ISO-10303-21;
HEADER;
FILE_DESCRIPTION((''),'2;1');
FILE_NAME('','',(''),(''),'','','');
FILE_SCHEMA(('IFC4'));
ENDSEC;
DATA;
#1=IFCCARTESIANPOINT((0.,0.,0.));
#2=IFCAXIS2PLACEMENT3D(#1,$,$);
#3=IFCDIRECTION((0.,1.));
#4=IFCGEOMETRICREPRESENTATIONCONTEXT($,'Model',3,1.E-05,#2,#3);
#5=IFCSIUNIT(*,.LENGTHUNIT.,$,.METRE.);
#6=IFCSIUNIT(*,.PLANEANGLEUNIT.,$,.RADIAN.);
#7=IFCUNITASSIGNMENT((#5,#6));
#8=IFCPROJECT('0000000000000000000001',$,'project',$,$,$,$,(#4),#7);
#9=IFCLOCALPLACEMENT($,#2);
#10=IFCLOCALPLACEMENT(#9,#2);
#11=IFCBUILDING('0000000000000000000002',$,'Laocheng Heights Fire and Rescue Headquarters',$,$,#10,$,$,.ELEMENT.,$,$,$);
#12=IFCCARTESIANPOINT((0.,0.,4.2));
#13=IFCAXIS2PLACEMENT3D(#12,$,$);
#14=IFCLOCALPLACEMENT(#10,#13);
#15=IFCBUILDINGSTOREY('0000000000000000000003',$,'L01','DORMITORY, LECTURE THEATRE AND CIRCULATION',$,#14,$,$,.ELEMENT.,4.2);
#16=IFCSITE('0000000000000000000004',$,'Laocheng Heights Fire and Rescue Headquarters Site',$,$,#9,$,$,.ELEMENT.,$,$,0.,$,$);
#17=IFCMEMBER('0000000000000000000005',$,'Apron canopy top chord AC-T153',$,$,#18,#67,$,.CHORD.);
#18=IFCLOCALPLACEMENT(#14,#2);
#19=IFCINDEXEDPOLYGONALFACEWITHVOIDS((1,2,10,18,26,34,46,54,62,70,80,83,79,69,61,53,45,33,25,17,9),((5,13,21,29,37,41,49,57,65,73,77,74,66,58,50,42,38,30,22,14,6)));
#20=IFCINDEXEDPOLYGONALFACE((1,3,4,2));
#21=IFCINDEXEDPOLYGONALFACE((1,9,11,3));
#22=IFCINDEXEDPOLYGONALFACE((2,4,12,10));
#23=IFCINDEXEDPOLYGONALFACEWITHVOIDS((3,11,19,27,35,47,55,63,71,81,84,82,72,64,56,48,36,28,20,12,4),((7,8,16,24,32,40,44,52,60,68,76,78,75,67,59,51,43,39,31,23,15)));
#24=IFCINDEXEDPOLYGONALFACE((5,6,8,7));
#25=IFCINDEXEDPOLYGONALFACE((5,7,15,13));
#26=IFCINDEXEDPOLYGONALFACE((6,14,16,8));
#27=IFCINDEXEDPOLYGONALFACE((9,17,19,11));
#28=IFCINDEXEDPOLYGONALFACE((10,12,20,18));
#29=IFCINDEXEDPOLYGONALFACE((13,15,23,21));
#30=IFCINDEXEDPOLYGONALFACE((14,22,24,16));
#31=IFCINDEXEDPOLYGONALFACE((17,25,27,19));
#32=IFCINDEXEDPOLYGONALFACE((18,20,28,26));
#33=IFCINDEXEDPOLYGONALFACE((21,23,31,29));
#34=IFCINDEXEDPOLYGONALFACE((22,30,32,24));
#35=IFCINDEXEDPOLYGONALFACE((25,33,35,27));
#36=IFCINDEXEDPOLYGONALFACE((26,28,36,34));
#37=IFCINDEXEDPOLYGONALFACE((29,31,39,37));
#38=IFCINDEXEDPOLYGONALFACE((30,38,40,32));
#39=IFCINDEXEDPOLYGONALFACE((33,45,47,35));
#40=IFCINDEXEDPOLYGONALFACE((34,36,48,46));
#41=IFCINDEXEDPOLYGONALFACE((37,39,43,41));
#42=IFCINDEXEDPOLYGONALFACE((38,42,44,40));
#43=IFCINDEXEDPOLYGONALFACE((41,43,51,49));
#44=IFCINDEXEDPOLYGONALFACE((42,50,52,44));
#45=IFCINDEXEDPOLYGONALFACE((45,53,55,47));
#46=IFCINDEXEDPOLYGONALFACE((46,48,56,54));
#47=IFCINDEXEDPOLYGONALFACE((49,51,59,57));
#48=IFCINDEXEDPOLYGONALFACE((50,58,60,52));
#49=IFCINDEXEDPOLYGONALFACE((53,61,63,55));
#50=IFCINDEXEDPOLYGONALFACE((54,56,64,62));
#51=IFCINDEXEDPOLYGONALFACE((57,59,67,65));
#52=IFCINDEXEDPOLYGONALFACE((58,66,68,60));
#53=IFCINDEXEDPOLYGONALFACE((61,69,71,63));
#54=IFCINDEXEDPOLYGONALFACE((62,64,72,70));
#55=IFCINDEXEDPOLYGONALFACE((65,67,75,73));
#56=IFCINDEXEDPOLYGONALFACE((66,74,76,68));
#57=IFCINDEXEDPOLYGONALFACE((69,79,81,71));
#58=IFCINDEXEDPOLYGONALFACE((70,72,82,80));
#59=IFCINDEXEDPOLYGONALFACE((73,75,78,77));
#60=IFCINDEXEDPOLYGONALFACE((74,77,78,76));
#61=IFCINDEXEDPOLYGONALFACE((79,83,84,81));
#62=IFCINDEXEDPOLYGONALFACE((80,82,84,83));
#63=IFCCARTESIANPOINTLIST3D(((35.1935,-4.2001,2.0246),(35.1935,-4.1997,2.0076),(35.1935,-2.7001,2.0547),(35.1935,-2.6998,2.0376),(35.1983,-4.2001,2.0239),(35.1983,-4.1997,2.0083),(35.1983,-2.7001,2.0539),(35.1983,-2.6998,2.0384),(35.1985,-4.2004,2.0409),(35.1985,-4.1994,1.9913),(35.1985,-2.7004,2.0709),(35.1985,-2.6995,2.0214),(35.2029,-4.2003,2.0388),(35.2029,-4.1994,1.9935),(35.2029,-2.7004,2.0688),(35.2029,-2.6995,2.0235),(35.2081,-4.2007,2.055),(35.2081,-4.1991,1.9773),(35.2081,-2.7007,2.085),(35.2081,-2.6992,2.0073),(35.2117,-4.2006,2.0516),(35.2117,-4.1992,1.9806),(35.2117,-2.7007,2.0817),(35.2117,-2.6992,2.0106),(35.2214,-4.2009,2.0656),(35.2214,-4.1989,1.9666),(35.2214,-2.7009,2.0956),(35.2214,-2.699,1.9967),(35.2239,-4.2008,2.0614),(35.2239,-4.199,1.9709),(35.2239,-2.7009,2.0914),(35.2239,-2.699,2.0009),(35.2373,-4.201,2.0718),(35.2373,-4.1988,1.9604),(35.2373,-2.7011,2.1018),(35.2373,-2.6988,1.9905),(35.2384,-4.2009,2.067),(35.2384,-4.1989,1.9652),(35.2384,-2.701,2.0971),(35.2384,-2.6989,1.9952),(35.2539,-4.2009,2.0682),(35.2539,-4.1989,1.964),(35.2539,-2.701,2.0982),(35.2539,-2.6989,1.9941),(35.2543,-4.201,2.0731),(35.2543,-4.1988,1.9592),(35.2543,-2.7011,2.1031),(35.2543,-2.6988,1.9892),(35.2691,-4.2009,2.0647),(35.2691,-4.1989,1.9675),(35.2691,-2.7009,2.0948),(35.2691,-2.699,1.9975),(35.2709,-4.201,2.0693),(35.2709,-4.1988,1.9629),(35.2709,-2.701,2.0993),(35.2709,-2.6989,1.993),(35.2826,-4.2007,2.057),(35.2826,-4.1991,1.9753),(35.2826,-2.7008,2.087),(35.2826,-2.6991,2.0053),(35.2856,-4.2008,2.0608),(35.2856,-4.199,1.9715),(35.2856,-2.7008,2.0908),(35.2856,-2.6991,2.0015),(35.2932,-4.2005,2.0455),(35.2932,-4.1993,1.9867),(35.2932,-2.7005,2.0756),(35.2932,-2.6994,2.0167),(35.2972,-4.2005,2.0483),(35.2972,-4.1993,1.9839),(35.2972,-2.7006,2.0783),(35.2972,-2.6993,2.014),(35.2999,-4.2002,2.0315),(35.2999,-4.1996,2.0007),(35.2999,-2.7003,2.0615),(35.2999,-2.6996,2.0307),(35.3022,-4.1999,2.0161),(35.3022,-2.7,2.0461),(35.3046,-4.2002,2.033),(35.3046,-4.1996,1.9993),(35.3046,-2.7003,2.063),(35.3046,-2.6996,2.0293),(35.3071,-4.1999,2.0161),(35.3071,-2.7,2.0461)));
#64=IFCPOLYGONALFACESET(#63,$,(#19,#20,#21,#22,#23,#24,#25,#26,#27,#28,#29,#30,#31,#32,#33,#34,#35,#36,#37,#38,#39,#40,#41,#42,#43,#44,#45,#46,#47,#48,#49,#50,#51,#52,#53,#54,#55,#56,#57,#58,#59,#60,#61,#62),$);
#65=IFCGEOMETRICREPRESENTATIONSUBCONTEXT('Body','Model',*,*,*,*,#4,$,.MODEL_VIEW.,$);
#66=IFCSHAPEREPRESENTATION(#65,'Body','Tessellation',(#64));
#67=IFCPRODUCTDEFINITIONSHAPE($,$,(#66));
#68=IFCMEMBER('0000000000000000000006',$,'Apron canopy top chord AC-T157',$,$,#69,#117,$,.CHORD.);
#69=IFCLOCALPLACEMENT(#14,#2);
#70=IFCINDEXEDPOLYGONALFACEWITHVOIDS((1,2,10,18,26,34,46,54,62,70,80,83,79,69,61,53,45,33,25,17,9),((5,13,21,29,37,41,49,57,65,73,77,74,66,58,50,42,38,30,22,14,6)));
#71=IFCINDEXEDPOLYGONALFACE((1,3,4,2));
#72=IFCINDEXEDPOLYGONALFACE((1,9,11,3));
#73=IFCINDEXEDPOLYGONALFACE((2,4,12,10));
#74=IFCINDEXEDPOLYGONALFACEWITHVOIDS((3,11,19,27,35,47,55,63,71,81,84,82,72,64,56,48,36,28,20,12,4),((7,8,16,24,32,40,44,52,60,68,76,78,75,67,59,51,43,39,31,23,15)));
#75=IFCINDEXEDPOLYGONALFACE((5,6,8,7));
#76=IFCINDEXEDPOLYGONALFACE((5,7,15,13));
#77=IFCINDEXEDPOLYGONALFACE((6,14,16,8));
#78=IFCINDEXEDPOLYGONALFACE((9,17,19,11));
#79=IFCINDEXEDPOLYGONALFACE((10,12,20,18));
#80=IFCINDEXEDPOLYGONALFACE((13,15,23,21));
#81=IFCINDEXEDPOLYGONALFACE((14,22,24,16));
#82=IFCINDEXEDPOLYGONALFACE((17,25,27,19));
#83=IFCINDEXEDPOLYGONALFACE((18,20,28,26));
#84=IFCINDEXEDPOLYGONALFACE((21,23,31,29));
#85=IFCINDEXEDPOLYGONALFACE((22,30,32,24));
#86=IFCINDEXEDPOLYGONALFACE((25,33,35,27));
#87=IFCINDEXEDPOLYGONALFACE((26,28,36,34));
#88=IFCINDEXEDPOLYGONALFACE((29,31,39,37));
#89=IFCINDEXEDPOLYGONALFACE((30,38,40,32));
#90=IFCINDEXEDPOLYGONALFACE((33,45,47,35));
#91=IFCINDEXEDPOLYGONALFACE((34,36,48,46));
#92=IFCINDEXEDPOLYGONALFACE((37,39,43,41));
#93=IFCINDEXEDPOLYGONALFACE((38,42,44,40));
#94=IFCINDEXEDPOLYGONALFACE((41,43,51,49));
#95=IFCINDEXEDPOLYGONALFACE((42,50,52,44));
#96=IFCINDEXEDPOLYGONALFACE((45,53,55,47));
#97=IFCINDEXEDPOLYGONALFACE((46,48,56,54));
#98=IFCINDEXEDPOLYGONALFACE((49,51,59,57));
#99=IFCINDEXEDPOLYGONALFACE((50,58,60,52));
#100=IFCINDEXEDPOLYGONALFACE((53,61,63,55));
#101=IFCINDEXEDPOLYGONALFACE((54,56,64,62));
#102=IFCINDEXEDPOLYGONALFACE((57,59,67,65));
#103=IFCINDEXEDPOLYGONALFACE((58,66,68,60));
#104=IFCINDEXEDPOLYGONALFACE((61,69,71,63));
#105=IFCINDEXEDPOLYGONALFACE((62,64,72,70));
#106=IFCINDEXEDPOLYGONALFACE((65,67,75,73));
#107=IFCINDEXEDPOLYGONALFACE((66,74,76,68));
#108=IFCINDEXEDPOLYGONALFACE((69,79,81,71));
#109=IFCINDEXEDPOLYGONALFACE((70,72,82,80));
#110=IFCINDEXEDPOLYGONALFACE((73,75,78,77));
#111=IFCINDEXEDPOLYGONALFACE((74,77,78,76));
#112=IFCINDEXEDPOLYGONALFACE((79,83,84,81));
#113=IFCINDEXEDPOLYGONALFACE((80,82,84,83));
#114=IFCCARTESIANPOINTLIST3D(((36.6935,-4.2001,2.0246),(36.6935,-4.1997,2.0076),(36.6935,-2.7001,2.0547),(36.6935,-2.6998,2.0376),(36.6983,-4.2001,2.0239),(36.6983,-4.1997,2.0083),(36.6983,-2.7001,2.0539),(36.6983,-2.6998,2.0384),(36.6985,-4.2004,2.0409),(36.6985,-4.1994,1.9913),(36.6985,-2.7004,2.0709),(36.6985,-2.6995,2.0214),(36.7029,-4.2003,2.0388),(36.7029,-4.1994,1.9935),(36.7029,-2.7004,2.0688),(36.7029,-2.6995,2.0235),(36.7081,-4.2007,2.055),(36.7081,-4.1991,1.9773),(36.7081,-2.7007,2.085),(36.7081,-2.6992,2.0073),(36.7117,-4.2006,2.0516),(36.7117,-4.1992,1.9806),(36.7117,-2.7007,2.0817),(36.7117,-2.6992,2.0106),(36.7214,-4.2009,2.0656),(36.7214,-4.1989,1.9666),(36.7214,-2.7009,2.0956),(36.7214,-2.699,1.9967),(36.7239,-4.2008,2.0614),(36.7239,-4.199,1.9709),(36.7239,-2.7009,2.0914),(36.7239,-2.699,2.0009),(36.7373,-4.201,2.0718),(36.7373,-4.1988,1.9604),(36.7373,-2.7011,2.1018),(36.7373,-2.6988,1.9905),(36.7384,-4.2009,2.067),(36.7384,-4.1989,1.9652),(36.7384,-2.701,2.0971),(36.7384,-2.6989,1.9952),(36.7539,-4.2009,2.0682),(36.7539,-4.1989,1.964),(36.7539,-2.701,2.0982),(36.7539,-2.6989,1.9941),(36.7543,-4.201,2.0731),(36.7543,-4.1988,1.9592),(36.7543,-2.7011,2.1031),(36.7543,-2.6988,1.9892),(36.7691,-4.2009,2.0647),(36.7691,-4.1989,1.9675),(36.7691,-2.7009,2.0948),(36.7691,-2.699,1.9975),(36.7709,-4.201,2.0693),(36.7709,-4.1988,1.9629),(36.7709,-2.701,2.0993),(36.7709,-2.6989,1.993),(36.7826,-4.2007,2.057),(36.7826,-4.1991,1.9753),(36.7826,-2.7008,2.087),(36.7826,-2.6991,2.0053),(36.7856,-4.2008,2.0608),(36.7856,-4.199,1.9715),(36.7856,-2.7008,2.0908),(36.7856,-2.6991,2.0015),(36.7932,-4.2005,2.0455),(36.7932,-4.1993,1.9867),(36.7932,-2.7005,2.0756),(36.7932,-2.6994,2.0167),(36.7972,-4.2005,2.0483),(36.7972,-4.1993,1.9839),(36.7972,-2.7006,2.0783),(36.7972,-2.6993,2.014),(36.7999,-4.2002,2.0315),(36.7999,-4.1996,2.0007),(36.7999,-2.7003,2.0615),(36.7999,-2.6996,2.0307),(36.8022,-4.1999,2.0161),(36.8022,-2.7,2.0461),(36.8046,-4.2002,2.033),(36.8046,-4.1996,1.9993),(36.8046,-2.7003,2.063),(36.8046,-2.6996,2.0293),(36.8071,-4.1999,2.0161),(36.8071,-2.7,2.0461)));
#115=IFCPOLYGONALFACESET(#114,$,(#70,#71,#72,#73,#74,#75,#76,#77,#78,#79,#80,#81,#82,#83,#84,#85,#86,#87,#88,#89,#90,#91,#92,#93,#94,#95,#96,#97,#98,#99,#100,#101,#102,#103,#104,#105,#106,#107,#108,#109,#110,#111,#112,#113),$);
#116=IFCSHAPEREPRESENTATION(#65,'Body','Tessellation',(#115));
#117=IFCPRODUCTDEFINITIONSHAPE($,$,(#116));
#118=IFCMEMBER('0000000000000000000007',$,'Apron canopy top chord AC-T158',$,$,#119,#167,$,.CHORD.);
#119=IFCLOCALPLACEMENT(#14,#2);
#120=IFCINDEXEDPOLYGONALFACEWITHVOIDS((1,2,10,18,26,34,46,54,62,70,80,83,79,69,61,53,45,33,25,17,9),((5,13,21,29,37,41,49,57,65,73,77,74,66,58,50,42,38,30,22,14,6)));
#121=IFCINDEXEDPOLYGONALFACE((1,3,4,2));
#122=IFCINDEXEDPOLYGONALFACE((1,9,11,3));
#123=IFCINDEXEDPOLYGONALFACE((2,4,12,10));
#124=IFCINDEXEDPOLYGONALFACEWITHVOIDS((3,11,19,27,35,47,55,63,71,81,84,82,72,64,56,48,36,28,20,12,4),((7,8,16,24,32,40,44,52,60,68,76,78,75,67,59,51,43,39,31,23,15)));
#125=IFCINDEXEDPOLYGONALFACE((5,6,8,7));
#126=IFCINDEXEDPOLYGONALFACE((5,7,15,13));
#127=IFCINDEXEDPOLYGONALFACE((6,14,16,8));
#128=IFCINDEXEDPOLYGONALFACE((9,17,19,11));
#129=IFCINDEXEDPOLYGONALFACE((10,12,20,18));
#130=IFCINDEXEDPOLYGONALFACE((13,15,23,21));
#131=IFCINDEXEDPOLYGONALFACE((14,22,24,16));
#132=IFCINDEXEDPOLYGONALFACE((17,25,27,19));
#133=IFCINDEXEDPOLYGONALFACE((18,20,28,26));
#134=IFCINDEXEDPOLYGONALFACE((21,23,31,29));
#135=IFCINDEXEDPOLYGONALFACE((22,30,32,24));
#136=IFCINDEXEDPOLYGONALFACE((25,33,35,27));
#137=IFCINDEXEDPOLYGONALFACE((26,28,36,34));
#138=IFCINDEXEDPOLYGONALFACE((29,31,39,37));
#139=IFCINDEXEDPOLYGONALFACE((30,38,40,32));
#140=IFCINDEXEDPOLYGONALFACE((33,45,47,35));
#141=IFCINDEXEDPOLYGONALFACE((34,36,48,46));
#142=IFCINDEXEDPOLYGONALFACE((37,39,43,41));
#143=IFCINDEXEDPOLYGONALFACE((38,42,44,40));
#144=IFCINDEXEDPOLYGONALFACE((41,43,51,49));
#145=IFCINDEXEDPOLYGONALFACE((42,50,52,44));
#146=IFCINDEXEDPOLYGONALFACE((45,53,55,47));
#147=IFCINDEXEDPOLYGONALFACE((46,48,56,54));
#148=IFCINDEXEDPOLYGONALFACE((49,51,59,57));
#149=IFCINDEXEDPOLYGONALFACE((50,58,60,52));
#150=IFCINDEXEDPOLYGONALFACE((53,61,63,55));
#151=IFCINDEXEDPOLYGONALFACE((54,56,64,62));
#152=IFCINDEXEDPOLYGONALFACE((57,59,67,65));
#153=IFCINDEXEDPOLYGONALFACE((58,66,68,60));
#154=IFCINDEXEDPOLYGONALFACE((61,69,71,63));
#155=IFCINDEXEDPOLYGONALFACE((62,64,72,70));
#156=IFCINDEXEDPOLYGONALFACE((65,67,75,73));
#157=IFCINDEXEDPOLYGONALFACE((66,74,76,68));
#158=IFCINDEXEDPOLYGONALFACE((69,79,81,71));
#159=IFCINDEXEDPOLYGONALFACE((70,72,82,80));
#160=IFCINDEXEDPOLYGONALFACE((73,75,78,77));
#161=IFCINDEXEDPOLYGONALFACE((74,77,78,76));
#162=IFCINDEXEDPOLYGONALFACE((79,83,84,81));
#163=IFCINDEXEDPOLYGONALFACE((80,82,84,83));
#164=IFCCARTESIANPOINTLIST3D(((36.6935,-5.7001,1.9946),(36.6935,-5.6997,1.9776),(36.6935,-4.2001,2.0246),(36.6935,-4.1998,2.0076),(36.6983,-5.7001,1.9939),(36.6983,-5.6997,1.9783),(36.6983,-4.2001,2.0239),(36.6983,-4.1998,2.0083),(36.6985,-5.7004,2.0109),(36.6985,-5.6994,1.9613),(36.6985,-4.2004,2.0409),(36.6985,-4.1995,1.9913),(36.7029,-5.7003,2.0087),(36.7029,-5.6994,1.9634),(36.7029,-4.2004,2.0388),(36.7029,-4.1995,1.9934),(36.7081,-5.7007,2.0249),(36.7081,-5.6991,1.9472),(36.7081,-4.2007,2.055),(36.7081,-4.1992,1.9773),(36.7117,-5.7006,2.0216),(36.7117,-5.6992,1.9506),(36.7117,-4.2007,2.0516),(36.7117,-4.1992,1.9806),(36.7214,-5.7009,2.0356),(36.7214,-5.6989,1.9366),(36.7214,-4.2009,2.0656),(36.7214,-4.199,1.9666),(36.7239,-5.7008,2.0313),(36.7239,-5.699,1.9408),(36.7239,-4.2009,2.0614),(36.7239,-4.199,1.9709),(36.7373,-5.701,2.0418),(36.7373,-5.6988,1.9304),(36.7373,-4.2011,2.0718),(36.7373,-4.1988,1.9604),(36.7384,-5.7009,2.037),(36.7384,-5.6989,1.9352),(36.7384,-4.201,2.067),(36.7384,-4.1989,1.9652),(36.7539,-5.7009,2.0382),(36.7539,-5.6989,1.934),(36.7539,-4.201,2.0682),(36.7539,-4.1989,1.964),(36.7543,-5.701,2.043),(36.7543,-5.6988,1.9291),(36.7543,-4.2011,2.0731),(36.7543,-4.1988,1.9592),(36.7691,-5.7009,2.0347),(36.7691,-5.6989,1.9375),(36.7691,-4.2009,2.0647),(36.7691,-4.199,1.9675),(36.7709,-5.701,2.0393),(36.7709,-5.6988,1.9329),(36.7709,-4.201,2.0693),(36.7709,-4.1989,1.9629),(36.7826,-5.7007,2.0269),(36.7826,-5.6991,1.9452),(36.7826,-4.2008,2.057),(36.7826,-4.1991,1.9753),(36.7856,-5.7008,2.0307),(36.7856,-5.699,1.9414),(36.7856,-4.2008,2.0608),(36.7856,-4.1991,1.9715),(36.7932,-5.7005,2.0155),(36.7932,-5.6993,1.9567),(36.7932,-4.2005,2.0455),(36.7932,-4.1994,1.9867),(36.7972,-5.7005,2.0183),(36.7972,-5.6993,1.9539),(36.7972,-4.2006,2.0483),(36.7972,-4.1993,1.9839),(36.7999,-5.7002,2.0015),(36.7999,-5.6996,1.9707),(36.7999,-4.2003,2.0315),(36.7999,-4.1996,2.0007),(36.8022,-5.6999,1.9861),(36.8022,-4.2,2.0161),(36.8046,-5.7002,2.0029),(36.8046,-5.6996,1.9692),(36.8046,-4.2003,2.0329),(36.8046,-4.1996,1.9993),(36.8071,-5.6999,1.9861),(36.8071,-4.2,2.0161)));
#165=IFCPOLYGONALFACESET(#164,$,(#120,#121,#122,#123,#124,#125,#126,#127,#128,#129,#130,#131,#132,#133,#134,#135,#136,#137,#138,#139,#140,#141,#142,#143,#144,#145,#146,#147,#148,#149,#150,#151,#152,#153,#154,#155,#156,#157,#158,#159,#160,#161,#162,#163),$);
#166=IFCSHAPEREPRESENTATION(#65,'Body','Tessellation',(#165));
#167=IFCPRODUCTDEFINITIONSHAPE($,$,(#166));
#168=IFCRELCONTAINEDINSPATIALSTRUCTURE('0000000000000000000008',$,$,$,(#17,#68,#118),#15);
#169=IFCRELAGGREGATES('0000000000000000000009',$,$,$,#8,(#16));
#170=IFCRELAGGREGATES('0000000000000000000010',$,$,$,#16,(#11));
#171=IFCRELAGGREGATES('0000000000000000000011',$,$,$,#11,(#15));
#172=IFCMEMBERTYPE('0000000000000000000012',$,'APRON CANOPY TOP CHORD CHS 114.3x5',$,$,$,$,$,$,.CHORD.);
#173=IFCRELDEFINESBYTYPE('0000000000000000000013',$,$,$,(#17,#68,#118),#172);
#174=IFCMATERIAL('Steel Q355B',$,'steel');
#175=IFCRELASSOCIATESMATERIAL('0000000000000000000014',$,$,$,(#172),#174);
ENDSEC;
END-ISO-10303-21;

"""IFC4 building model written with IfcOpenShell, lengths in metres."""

from ifc_helpers import new_model, si_unit, direction, frame, origin, origin_2d, place, context, subcontext, project, spatial, hollow_circle, extrude, material, material_profile, profile_set, type_object, element, save


model = new_model("IFC4")

# Units and contexts
model_context = context("Model", 3, precision=1e-05, world=origin(), true_north=direction((0.0, 1.0)))
body_context = subcontext(model_context, "Body", "Model", "MODEL_VIEW")
ifc_project = project(units=[si_unit("LENGTHUNIT", "METRE"), si_unit("PLANEANGLEUNIT", "RADIAN")], contexts=[model_context])

# Site, building, storey
site_placement = place(None, origin())
site = spatial("IfcSite", under=ifc_project, at=site_placement, Name="Laocheng Heights Fire and Rescue Headquarters Site", CompositionType="ELEMENT", RefElevation=0.0)
building_placement = place(site_placement, origin())
building = spatial("IfcBuilding", under=site, at=building_placement, Name="Laocheng Heights Fire and Rescue Headquarters", CompositionType="ELEMENT")
storey_placement = place(building_placement, frame((0.0, 0.0, 4.2)))
storey = spatial("IfcBuildingStorey", under=building, at=storey_placement, Name="L01", Description="DORMITORY, LECTURE THEATRE AND CIRCULATION", CompositionType="ELEMENT", Elevation=4.2)

# Members
ifc_material_1 = material(Name="Steel Q355B", Category="steel")
ifc_material_profile_1 = material_profile(ifc_material_1, hollow_circle(Radius=0.0571, WallThickness=0.0049, at=origin_2d()), Name="CHS 114.3x5")
ifc_profile_set_1 = profile_set([ifc_material_profile_1], Name="Steel Q355B")
member_type_1 = type_object("IfcMemberType", Name="APRON CANOPY TOP CHORD CHS 114.3x5", PredefinedType="CHORD", material=ifc_profile_set_1)
for number, where, z_axis, x_axis, name in (
    (1, (35.25, -2.7, 2.0461), (0.0, -0.9998, -0.020016), (1.0, 0.0, 0.0), "Apron canopy top chord AC-T153"),
    (2, (36.75, -2.7, 2.0461), (0.0, -0.9998, -0.020016), (1.0, 0.0, 0.0), "Apron canopy top chord AC-T157"),
    (3, (36.75, -4.2, 2.0161), (0.0, -0.9998, -0.020016), (1.0, 0.0, 0.0), "Apron canopy top chord AC-T158"),
):
    element("IfcMember", number, at=place(storey_placement, frame(where, z_axis=z_axis, x_axis=x_axis)), inside=storey, type_object=member_type_1, Name=name, PredefinedType="CHORD", context=body_context, shape_type="SweptSolid", body=[
        extrude(hollow_circle(Radius=0.0571, WallThickness=0.0049, at=origin_2d()), origin(), (0.0, 0.0, 1.0), 1.5002),
    ])

save(model, "model.ifc")
